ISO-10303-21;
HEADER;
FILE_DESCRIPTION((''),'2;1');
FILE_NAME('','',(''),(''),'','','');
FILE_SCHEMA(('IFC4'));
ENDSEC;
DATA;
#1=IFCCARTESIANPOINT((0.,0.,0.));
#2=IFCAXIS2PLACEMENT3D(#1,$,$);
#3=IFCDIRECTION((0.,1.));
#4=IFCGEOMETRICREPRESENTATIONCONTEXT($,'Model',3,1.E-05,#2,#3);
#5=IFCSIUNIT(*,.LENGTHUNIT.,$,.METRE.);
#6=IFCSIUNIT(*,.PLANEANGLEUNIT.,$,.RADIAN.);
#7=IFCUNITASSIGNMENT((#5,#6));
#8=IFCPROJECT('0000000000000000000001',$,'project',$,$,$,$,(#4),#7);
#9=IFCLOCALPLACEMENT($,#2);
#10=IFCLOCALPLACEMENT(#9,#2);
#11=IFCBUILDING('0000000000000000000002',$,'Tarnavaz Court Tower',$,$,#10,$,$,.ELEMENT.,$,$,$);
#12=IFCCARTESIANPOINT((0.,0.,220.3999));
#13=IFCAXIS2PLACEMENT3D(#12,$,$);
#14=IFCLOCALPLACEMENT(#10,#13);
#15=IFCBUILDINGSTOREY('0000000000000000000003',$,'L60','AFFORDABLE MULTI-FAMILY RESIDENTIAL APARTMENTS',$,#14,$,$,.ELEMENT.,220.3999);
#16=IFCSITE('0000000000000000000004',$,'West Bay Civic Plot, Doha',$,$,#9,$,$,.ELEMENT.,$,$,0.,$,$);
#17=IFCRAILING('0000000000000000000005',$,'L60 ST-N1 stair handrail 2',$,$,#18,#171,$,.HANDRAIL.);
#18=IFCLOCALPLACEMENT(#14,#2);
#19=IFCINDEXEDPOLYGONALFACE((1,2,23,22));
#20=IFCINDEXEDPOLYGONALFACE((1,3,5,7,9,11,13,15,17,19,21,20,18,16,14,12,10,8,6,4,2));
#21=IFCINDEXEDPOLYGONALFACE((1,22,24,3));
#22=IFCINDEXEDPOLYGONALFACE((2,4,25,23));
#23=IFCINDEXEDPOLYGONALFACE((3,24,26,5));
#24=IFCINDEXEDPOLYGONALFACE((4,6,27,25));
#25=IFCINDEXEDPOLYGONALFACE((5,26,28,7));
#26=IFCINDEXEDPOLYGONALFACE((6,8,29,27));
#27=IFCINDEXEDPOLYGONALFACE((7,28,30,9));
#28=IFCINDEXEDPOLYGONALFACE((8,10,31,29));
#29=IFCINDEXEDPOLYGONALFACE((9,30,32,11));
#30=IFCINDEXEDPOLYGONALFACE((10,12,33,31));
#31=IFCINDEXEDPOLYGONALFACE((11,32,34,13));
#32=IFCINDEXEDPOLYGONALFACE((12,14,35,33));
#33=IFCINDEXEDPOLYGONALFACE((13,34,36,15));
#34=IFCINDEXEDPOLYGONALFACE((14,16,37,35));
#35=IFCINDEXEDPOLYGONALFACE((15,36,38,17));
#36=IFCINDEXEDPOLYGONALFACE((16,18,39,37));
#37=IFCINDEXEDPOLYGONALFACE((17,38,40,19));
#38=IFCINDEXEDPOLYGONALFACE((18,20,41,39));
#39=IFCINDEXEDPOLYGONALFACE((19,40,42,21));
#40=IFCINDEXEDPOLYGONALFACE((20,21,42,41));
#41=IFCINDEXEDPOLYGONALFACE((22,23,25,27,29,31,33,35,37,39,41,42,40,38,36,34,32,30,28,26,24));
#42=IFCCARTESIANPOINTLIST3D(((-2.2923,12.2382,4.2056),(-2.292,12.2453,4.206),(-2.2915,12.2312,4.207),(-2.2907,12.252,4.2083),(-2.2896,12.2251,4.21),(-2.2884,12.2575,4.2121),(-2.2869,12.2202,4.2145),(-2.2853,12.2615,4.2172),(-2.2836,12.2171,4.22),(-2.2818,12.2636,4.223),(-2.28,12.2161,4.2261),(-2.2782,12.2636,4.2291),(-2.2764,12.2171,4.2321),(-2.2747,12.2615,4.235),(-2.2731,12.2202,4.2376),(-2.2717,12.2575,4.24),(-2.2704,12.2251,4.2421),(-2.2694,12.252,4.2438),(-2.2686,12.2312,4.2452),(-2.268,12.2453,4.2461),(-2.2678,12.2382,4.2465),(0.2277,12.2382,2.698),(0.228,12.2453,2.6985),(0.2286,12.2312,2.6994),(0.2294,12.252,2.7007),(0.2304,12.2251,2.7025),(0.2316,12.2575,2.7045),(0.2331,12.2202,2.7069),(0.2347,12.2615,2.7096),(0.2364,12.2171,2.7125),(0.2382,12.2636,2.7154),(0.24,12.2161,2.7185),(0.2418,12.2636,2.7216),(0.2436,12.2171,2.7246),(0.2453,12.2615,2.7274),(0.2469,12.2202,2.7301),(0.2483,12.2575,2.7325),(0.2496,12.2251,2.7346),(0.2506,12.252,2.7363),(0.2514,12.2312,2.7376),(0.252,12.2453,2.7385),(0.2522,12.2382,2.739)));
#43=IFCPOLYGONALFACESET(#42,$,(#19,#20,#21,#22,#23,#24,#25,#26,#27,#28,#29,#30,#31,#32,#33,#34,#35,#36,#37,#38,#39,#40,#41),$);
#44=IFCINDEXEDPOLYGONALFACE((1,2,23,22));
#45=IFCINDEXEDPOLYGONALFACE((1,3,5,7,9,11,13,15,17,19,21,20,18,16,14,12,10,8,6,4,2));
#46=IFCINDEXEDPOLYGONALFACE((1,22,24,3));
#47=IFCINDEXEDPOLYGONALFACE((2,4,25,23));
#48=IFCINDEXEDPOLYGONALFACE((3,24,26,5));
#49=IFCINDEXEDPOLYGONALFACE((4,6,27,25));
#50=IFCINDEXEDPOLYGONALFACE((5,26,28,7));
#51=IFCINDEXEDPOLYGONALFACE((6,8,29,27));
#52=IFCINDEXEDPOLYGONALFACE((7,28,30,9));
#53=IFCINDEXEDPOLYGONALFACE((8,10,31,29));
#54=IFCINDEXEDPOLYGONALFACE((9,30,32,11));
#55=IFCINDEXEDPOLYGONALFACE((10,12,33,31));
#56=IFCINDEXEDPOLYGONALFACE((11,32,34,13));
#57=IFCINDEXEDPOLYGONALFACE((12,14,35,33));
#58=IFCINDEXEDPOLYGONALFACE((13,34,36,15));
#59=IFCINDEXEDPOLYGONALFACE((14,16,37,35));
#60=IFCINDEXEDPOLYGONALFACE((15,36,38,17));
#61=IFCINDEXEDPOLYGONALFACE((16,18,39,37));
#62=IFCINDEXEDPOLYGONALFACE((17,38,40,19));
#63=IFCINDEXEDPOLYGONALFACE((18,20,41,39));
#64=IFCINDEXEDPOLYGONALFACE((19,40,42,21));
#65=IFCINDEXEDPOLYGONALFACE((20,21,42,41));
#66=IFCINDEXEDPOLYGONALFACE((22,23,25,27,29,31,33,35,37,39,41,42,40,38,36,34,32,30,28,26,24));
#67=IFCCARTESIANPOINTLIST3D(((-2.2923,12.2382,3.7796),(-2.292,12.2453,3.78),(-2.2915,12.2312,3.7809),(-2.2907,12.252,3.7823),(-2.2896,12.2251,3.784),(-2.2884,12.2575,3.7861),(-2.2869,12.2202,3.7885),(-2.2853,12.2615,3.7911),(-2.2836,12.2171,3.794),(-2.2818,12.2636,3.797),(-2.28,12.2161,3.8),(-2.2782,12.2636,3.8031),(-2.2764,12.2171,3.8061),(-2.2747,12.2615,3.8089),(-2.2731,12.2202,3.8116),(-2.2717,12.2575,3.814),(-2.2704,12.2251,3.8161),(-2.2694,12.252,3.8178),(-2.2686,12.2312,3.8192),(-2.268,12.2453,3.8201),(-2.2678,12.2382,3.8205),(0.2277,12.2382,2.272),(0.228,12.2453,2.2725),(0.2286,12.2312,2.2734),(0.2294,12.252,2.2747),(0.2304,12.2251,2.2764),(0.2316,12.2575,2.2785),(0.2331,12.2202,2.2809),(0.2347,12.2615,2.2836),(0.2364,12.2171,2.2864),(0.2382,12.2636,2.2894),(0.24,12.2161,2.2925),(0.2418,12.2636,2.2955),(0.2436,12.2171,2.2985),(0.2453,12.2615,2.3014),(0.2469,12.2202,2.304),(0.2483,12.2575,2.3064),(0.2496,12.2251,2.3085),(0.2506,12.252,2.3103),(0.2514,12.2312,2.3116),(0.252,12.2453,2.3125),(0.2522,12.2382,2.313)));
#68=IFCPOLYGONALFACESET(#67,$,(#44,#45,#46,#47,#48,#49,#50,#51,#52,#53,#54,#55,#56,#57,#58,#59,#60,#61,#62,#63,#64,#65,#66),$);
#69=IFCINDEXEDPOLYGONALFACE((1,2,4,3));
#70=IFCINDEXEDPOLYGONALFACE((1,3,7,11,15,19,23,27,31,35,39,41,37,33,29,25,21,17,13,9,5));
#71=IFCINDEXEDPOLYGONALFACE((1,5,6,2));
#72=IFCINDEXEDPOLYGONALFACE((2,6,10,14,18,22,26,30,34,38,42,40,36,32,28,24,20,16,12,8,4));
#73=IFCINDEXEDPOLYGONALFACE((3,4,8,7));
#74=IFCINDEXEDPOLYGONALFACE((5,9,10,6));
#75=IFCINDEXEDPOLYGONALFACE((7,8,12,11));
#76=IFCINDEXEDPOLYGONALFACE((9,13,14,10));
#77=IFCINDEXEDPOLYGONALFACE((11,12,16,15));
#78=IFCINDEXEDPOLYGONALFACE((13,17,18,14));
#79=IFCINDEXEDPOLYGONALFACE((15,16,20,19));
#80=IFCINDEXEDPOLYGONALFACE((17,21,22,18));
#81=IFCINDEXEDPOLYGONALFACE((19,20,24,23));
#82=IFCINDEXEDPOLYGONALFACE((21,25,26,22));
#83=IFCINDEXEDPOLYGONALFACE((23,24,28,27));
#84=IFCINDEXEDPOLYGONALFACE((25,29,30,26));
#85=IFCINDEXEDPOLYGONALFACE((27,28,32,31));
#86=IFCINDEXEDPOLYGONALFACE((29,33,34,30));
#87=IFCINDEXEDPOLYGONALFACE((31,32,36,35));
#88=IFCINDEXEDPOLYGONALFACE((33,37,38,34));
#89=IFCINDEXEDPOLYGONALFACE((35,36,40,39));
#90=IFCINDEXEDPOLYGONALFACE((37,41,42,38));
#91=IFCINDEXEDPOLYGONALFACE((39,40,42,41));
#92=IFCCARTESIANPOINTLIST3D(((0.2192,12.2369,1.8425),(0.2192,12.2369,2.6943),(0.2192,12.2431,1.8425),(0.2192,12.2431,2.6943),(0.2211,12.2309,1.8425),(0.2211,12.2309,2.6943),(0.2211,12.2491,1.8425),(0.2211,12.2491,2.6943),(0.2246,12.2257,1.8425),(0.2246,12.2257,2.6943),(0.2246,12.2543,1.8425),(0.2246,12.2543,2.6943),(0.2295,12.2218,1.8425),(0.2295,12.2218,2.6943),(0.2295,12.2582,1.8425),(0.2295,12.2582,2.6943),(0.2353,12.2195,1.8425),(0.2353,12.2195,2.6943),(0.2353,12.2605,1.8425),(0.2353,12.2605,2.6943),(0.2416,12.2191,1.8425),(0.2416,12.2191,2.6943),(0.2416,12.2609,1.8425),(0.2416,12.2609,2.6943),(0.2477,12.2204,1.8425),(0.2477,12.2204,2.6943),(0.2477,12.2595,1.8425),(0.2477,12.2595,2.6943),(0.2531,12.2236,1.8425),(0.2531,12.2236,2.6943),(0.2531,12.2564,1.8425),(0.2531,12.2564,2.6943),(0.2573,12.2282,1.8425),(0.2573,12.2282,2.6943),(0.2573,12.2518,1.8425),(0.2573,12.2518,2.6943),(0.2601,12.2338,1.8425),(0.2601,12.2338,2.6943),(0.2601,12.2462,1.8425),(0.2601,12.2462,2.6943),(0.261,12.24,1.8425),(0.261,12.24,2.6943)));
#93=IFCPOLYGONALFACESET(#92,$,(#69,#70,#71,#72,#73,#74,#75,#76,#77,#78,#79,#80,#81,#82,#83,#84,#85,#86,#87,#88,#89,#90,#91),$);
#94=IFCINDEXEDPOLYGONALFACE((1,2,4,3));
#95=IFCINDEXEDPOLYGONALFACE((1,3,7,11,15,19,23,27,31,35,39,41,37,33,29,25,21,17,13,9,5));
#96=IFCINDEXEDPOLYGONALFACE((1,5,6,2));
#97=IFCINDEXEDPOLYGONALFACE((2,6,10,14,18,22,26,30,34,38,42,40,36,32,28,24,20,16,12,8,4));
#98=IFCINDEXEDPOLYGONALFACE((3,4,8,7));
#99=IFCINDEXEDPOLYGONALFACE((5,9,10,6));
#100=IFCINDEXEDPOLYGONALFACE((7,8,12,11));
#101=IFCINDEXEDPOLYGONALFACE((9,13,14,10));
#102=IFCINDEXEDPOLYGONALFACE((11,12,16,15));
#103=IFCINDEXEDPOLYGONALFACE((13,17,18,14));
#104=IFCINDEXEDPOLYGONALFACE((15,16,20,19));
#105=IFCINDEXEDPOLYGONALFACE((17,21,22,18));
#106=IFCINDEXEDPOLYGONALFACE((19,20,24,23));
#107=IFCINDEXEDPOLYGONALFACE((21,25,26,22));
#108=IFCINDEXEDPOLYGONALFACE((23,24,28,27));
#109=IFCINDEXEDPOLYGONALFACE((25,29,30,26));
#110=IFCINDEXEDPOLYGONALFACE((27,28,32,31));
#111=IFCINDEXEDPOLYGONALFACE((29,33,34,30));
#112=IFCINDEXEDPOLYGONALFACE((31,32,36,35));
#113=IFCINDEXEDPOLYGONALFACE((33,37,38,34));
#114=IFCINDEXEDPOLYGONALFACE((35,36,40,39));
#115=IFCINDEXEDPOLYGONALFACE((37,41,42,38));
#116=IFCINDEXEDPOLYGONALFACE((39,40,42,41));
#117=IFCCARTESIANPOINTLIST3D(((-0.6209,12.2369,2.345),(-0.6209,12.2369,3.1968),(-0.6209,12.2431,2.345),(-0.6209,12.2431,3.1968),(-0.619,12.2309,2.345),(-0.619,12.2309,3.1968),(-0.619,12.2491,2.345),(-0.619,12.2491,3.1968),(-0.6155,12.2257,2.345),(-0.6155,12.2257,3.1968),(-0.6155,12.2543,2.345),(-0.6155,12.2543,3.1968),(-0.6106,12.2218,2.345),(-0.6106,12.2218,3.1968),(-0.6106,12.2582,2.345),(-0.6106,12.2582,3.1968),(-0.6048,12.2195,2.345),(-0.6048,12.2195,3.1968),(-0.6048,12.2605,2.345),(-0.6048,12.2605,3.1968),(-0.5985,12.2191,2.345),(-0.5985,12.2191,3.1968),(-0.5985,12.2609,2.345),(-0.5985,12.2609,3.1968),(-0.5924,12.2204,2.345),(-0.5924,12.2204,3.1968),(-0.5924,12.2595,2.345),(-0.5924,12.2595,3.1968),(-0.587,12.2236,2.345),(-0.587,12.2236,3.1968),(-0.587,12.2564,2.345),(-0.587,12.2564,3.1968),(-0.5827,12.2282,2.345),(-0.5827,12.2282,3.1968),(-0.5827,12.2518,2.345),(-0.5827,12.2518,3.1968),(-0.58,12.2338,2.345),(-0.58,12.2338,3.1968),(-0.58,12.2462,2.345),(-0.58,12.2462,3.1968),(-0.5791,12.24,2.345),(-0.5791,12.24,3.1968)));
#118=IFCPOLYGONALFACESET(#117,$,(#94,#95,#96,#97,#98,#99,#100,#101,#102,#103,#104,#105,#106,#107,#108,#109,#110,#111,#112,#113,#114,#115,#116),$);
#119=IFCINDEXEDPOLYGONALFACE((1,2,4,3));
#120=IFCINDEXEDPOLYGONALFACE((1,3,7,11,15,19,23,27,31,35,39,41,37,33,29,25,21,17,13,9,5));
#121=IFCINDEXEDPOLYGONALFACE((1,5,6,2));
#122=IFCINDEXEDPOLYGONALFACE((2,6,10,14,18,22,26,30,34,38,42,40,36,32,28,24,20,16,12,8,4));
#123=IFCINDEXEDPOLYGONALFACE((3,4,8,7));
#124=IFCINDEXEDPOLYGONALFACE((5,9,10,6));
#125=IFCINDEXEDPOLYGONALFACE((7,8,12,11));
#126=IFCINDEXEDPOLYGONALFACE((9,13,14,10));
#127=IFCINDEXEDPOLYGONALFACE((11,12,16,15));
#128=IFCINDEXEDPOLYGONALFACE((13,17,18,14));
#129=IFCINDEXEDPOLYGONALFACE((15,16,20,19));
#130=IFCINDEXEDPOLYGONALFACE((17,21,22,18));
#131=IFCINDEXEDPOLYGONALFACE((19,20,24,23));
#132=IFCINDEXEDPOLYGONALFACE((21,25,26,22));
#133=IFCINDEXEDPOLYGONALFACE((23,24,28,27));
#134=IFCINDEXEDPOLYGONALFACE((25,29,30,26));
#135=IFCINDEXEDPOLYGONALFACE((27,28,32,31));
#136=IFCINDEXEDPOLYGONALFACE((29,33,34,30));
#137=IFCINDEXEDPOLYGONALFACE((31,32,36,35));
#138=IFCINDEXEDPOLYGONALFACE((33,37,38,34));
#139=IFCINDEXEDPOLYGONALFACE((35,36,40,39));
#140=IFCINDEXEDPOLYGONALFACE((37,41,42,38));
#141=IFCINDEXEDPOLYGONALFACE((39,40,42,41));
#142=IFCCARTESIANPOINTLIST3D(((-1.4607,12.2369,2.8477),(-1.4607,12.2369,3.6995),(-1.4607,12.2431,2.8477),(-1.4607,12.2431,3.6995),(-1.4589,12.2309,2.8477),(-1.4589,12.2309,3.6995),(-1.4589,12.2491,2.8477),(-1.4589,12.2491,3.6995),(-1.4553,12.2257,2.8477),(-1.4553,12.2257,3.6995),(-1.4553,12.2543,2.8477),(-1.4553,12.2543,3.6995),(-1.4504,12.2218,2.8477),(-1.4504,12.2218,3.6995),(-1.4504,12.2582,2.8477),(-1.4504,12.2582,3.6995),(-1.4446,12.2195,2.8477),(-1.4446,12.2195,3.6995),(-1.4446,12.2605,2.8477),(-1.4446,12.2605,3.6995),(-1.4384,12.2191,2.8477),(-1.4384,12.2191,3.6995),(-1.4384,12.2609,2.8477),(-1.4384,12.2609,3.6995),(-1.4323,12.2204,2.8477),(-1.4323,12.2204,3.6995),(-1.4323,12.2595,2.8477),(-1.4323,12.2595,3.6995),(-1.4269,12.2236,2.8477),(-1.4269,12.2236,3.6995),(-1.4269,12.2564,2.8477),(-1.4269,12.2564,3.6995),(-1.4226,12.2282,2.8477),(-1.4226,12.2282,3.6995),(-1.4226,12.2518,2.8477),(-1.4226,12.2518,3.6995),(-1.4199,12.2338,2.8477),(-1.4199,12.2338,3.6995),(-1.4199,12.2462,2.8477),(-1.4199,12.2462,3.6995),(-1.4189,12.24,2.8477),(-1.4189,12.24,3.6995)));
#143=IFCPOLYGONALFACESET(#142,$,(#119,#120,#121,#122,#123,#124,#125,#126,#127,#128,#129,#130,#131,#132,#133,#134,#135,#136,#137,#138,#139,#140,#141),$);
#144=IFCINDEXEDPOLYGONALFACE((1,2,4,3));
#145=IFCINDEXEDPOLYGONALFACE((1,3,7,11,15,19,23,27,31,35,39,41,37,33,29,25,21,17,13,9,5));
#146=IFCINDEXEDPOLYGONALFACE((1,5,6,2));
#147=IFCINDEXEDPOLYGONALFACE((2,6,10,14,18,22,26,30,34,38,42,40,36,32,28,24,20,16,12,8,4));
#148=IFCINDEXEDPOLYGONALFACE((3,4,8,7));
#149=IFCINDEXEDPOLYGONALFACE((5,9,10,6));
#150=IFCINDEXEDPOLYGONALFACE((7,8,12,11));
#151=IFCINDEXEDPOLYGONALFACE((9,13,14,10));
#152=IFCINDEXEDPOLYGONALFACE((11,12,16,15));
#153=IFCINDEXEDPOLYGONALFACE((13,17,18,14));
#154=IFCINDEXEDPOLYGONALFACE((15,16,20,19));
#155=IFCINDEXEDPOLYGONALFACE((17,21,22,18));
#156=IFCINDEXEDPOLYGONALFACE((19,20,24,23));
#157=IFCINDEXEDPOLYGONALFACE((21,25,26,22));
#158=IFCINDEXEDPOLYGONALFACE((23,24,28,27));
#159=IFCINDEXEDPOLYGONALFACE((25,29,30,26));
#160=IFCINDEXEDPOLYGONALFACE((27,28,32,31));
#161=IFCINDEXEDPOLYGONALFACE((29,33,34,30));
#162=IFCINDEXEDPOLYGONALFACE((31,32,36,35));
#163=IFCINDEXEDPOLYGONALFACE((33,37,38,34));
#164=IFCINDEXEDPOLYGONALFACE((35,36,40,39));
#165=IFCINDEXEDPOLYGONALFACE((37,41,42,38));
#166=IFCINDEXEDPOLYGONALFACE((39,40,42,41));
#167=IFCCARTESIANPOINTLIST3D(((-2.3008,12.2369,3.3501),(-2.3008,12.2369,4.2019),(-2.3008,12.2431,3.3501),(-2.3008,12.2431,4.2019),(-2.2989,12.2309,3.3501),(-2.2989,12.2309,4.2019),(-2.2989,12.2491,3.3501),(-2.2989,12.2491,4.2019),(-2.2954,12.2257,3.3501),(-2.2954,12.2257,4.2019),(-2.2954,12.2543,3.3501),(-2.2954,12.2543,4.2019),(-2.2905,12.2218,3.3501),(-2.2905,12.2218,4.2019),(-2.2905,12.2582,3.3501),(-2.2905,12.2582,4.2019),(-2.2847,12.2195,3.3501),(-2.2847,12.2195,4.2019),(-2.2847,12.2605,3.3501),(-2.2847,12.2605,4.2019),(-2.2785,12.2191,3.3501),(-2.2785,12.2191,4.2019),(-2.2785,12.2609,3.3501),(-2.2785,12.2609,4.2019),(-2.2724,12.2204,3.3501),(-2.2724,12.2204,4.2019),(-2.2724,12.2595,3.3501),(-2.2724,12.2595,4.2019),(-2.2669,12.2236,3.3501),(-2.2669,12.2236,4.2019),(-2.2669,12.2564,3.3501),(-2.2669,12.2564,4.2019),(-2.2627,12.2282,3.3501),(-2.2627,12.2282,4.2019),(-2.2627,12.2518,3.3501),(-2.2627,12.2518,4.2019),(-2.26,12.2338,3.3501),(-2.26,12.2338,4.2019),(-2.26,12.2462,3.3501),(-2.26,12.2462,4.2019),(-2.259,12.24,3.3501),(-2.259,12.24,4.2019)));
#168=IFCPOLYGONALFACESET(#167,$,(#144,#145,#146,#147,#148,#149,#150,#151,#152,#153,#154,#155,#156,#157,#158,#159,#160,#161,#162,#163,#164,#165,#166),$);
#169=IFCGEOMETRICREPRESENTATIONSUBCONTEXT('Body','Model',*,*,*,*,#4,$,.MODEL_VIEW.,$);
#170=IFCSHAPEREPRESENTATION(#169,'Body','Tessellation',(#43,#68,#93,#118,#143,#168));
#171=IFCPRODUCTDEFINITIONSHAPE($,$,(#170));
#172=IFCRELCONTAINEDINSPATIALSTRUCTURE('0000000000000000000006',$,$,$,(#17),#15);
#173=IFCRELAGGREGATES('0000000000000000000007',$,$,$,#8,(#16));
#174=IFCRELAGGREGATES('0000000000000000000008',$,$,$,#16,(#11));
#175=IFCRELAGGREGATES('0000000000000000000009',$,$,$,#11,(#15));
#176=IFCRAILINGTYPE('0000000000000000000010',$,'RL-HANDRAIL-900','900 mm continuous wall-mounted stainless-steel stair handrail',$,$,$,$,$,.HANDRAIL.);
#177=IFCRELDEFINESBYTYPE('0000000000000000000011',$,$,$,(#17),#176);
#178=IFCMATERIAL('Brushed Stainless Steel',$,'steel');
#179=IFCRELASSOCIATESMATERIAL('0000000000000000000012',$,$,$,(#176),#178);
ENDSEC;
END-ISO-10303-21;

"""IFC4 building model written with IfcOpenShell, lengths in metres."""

from ifc_helpers import new_model, si_unit, direction, frame, origin, origin_2d, place, context, subcontext, project, spatial, circle, extrude, material, type_object, element, save


model = new_model("IFC4")

# Units and contexts
model_context = context("Model", 3, precision=1e-05, world=origin(), true_north=direction((0.0, 1.0)))
body_context = subcontext(model_context, "Body", "Model", "MODEL_VIEW")
ifc_project = project(units=[si_unit("LENGTHUNIT", "METRE"), si_unit("PLANEANGLEUNIT", "RADIAN")], contexts=[model_context])

# Site, building, storey
site_placement = place(None, origin())
site = spatial("IfcSite", under=ifc_project, at=site_placement, Name="West Bay Civic Plot, Doha", CompositionType="ELEMENT", RefElevation=0.0)
building_placement = place(site_placement, origin())
building = spatial("IfcBuilding", under=site, at=building_placement, Name="Tarnavaz Court Tower", CompositionType="ELEMENT")
storey_placement = place(building_placement, frame((0.0, 0.0, 220.3999)))
storey = spatial("IfcBuildingStorey", under=building, at=storey_placement, Name="L60", Description="AFFORDABLE MULTI-FAMILY RESIDENTIAL APARTMENTS", CompositionType="ELEMENT", Elevation=220.3999)

# Railing
ifc_material_1 = material(Name="Brushed Stainless Steel", Category="steel")
railing_type_1 = type_object("IfcRailingType", Name="RL-HANDRAIL-900", Description="900 mm continuous wall-mounted stainless-steel stair handrail", PredefinedType="HANDRAIL", material=ifc_material_1)
railing_1_placement = place(storey_placement, frame((0.24, 12.24, 1.8425)))
element("IfcRailing", 1, at=railing_1_placement, inside=storey, type_object=railing_type_1, Name="L60 ST-N1 stair handrail 2", PredefinedType="HANDRAIL", context=body_context, shape_type="SweptSolid", body=[
    extrude(circle(Radius=0.0239, at=origin_2d()), frame((0.0, 0.0, 0.876), z_axis=(-0.85816, 0.0, 0.513383), x_axis=(0.0, -1.0, 0.0)), (0.0, 0.0, 1.0), 2.9365),
    extrude(circle(Radius=0.0239, at=origin_2d()), frame((0.0, 0.0, 0.45), z_axis=(-0.85816, 0.0, 0.513383), x_axis=(0.0, -1.0, 0.0)), (0.0, 0.0, 1.0), 2.9365),
    extrude(circle(Radius=0.021, at=origin_2d()), origin(), (0.0, 0.0, 1.0), 0.8518),
    extrude(circle(Radius=0.021, at=origin_2d()), frame((-0.8401, 0.0, 0.5024)), (0.0, 0.0, 1.0), 0.8518),
    extrude(circle(Radius=0.021, at=origin_2d()), frame((-1.6799, 0.0, 1.0051)), (0.0, 0.0, 1.0), 0.8518),
    extrude(circle(Radius=0.021, at=origin_2d()), frame((-2.52, 0.0, 1.5076)), (0.0, 0.0, 1.0), 0.8518),
])

save(model, "model.ifc")
